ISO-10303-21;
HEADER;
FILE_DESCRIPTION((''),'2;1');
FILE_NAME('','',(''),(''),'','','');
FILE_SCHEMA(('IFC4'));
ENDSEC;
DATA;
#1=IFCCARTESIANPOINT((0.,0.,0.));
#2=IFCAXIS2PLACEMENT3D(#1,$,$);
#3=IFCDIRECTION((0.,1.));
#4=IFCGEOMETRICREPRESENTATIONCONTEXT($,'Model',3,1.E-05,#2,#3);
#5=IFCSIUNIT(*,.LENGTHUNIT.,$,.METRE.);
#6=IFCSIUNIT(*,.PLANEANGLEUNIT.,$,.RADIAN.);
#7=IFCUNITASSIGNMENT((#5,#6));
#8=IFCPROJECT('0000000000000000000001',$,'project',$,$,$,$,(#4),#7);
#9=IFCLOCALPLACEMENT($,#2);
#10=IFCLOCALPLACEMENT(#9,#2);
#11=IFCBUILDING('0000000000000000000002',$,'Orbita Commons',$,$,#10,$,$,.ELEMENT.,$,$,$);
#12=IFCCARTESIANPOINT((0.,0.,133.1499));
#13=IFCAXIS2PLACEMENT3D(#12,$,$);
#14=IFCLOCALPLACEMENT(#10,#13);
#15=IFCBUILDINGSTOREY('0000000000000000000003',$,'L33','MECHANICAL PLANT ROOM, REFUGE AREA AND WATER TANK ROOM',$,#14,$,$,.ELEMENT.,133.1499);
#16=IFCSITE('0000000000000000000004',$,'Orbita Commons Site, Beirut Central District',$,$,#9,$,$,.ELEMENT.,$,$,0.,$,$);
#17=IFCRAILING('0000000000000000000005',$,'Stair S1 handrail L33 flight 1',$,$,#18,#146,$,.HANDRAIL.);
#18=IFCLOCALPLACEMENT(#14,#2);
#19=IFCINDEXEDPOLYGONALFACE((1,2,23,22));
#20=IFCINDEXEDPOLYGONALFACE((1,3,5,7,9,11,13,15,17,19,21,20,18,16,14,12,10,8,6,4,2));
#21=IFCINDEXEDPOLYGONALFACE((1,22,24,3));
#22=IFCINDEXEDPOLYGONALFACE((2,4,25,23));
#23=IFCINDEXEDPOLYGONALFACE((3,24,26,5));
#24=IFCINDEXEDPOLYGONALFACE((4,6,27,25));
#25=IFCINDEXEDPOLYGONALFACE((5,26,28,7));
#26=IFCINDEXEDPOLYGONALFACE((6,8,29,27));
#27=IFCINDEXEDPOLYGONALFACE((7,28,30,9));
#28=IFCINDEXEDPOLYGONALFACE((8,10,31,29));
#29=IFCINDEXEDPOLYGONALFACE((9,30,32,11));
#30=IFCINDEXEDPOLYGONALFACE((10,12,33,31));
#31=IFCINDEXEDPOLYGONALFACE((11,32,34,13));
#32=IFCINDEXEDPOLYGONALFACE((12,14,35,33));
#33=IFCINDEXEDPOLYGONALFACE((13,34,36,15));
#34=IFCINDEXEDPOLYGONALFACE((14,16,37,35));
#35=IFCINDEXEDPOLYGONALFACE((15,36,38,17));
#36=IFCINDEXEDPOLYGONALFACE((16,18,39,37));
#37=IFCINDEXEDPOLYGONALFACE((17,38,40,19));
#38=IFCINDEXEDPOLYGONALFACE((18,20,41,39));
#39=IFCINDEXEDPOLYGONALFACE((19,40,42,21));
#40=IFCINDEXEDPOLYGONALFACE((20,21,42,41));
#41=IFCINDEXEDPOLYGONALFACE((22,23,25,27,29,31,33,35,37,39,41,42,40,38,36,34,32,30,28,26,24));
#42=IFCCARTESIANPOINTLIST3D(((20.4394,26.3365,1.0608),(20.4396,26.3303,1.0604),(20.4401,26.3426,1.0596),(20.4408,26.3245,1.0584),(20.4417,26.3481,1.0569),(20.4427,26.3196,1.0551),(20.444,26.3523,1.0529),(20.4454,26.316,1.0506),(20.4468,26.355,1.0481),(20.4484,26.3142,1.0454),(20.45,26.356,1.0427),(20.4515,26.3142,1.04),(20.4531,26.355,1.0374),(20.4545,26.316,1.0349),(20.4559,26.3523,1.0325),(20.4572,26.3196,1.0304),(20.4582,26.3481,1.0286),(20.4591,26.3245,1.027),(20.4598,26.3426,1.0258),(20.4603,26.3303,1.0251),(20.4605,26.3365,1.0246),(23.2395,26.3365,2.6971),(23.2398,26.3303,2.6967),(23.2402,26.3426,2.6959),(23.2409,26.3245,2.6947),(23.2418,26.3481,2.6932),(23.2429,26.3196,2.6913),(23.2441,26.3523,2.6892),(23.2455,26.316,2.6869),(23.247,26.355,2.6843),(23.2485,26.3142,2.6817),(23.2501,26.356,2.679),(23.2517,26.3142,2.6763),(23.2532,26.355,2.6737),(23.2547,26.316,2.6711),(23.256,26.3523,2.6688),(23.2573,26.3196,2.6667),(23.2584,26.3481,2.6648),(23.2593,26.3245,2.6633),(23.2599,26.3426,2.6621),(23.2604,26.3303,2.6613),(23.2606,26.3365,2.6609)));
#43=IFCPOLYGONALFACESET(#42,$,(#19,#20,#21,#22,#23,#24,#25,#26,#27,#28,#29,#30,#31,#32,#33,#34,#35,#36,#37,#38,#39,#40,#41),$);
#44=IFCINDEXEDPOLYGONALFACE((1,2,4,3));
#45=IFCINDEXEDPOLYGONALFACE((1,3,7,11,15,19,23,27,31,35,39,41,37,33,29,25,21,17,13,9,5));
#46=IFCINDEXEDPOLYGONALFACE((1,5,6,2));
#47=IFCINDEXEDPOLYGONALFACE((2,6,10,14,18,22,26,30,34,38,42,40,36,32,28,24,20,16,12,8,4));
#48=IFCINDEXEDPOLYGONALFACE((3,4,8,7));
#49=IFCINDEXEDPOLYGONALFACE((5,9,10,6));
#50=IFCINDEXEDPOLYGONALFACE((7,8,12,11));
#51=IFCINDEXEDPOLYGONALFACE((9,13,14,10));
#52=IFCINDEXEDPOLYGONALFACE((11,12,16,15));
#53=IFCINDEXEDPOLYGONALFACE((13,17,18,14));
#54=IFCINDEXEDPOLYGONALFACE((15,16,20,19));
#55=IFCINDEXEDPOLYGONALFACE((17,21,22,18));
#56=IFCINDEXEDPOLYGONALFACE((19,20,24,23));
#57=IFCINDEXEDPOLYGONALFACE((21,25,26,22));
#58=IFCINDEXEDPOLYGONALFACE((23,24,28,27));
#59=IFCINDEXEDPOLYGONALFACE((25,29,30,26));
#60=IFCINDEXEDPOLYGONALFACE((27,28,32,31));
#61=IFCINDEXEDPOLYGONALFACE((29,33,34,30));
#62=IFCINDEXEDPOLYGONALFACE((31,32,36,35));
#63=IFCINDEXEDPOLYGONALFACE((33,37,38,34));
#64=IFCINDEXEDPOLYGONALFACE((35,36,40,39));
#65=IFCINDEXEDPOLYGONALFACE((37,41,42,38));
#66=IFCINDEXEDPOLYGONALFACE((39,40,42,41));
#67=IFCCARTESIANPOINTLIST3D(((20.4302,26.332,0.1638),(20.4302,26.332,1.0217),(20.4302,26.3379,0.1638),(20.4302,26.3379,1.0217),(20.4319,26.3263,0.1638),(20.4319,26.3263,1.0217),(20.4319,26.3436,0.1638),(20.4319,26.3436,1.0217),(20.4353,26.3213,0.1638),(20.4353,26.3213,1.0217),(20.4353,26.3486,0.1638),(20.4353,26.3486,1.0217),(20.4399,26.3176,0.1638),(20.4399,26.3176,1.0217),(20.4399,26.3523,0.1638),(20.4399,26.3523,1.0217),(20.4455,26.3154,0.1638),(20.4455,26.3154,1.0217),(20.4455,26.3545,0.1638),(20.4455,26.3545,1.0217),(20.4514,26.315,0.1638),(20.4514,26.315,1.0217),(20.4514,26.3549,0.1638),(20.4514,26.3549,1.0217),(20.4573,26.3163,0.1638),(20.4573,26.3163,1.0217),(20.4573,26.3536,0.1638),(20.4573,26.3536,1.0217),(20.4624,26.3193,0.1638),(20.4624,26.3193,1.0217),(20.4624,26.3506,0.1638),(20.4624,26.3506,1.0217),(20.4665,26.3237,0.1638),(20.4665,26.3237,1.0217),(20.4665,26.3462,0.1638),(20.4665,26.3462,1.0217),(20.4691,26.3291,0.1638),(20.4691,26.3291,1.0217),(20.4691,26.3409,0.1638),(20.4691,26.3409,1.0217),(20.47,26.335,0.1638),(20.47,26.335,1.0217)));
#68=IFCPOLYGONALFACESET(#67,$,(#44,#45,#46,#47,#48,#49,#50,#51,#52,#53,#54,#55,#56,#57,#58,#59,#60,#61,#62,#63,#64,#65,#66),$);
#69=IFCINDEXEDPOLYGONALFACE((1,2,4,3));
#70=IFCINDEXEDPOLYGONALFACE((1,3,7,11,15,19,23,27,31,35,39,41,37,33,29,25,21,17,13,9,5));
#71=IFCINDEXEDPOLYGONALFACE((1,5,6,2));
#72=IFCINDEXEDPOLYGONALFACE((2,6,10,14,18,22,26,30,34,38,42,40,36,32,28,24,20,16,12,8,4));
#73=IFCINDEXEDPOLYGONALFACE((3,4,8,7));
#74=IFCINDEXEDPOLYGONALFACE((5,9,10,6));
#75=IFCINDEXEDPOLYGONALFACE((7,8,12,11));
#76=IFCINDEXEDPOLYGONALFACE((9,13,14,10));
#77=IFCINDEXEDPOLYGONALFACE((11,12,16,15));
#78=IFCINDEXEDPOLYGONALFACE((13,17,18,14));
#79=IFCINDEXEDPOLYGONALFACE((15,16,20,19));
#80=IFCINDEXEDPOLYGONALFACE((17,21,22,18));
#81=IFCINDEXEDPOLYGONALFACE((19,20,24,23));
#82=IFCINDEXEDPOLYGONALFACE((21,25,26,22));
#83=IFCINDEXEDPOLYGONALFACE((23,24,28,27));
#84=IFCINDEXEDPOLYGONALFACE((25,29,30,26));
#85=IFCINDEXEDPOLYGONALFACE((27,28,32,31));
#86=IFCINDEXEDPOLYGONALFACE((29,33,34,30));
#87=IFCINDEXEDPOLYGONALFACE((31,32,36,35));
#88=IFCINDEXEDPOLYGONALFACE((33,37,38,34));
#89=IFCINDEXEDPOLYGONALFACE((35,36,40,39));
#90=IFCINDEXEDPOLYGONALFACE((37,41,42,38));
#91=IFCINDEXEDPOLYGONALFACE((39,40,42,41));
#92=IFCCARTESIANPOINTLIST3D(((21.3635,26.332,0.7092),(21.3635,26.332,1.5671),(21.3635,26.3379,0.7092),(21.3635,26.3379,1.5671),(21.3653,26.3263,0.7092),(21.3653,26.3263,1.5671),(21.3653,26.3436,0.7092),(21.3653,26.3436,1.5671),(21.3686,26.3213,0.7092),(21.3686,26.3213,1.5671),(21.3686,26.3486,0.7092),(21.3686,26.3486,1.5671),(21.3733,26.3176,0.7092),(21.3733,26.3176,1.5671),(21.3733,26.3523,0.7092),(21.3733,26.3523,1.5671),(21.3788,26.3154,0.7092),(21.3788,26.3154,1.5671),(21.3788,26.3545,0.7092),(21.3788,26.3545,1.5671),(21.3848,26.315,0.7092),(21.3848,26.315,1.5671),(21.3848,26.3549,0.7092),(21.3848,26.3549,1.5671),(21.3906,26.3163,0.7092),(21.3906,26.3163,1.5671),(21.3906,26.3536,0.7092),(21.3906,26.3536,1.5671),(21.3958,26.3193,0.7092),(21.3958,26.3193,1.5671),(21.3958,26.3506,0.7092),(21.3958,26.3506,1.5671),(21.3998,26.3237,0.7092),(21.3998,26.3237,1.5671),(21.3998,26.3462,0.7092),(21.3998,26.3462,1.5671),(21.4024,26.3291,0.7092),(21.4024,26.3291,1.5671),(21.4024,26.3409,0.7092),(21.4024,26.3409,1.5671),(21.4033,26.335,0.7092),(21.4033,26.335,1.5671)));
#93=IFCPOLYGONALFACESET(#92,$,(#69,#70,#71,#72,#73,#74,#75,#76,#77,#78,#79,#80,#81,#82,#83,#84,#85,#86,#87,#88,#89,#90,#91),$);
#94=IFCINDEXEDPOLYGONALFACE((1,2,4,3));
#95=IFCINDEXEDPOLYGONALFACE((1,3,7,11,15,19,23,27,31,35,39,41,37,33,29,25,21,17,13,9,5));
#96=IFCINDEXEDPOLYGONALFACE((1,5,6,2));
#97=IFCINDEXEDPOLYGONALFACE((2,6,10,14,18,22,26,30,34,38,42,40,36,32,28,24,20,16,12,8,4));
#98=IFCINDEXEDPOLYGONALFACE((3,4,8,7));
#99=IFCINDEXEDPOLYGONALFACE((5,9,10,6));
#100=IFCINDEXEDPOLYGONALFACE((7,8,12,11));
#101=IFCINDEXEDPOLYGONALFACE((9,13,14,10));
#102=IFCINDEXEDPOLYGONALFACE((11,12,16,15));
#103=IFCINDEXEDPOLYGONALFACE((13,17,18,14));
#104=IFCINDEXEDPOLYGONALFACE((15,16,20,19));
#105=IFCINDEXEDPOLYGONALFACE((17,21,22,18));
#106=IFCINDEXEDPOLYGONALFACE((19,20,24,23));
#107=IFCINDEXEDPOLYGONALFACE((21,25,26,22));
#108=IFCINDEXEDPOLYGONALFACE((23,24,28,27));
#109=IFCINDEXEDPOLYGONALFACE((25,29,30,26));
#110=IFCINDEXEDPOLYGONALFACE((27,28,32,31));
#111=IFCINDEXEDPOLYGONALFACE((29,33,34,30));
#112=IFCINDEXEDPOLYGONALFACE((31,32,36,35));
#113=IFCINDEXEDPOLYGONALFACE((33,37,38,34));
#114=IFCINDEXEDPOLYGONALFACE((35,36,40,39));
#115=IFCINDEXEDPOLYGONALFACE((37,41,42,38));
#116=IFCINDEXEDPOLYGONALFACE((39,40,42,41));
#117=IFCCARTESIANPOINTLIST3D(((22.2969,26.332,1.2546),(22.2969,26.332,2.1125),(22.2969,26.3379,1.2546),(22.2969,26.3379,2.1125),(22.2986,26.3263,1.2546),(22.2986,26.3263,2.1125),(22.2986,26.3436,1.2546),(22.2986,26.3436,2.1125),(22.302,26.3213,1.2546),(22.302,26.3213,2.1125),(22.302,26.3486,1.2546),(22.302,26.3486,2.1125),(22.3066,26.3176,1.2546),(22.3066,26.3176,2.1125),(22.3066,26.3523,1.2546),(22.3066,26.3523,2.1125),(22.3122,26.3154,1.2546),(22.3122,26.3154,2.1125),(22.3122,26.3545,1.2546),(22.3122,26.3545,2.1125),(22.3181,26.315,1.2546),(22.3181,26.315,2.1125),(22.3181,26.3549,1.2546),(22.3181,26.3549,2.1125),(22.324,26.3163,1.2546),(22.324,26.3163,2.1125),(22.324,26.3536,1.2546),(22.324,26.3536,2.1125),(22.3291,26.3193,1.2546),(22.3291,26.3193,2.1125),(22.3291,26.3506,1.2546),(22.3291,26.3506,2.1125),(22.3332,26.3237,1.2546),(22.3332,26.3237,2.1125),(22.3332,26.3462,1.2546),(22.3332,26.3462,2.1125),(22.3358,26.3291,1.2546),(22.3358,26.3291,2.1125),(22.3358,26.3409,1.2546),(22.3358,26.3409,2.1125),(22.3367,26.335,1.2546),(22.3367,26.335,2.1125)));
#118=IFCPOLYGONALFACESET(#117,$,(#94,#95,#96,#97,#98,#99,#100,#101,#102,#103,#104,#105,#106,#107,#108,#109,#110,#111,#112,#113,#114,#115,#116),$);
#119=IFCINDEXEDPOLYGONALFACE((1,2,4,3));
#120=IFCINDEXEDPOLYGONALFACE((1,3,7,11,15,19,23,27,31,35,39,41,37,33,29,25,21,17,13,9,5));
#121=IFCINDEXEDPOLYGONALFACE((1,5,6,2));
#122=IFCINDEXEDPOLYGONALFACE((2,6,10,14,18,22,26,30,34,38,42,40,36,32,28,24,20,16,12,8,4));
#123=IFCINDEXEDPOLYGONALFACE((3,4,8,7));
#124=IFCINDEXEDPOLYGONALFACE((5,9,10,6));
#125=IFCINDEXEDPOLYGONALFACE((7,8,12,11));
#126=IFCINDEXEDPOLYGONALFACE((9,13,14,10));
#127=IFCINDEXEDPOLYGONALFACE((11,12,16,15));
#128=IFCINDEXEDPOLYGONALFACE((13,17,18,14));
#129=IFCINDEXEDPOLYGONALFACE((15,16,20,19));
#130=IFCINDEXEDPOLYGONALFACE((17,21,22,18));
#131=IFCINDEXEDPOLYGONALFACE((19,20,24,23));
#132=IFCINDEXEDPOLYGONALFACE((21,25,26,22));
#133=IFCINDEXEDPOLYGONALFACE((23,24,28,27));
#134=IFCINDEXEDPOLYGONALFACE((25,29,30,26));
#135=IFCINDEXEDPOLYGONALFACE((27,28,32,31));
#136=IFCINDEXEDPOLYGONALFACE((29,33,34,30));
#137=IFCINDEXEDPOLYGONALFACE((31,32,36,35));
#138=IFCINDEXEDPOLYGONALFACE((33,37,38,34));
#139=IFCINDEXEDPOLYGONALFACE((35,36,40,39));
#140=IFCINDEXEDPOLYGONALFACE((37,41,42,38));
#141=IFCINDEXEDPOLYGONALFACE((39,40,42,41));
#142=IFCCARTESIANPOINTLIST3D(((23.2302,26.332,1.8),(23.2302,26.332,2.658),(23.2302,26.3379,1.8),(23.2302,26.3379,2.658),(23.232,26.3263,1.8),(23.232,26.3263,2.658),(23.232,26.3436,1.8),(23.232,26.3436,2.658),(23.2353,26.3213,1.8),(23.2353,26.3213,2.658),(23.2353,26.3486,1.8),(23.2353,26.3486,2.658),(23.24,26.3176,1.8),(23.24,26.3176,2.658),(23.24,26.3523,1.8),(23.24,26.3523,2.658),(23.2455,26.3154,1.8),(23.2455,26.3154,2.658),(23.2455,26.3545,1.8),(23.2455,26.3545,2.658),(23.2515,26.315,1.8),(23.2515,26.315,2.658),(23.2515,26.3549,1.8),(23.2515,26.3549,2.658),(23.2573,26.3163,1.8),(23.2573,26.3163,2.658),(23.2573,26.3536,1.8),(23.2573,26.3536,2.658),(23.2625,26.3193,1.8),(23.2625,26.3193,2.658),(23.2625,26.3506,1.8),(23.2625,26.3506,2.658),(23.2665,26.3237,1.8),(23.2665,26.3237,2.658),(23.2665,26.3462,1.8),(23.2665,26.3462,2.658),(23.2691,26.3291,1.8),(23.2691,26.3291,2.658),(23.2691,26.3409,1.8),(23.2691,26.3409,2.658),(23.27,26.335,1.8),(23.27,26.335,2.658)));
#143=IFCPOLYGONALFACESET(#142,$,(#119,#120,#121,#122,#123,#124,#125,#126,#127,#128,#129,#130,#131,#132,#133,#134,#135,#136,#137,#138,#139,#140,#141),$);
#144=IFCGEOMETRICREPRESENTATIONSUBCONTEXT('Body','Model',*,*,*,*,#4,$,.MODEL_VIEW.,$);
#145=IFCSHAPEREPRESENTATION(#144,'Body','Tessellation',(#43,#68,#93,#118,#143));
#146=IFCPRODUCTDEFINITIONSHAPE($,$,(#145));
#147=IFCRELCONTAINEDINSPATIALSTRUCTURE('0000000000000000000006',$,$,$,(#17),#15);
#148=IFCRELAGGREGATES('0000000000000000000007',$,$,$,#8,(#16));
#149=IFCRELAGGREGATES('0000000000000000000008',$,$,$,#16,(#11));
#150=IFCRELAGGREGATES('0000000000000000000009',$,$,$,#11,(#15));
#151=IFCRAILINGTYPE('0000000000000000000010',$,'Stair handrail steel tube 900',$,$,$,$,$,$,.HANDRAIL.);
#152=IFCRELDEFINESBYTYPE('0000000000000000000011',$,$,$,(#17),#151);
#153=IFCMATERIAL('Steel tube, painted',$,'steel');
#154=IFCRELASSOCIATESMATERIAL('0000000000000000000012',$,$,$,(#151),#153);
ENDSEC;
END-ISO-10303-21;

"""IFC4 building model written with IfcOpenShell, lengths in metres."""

from ifc_helpers import new_model, si_unit, direction, frame, origin, origin_2d, place, context, subcontext, project, spatial, circle, extrude, material, type_object, element, save


model = new_model("IFC4")

# Units and contexts
model_context = context("Model", 3, precision=1e-05, world=origin(), true_north=direction((0.0, 1.0)))
body_context = subcontext(model_context, "Body", "Model", "MODEL_VIEW")
ifc_project = project(units=[si_unit("LENGTHUNIT", "METRE"), si_unit("PLANEANGLEUNIT", "RADIAN")], contexts=[model_context])

# Site, building, storey
site_placement = place(None, origin())
site = spatial("IfcSite", under=ifc_project, at=site_placement, Name="Orbita Commons Site, Beirut Central District", CompositionType="ELEMENT", RefElevation=0.0)
building_placement = place(site_placement, origin())
building = spatial("IfcBuilding", under=site, at=building_placement, Name="Orbita Commons", CompositionType="ELEMENT")
storey_placement = place(building_placement, frame((0.0, 0.0, 133.1499)))
storey = spatial("IfcBuildingStorey", under=building, at=storey_placement, Name="L33", Description="MECHANICAL PLANT ROOM, REFUGE AREA AND WATER TANK ROOM", CompositionType="ELEMENT", Elevation=133.1499)

# Railing
ifc_material_1 = material(Name="Steel tube, painted", Category="steel")
railing_type = type_object("IfcRailingType", Name="Stair handrail steel tube 900", PredefinedType="HANDRAIL", material=ifc_material_1)
for number, where, name in (
    (1, (20.45, 26.335, 0.1638), "Stair S1 handrail L33 flight 1"),
):
    element("IfcRailing", number, at=place(storey_placement, frame(where)), inside=storey, type_object=railing_type, Name=name, PredefinedType="HANDRAIL", context=body_context, shape_type="SweptSolid", body=[
        extrude(circle(Radius=0.021, at=origin_2d()), frame((0.0, 0.0, 0.8789), z_axis=(0.863394, 0.0, 0.504531), x_axis=(0.0, 1.0, 0.0)), (0.0, 0.0, 1.0), 3.2432),
        extrude(circle(Radius=0.02, at=origin_2d()), origin(), (0.0, 0.0, 1.0), 0.8579),
        extrude(circle(Radius=0.02, at=origin_2d()), frame((0.9333, 0.0, 0.5454)), (0.0, 0.0, 1.0), 0.8579),
        extrude(circle(Radius=0.02, at=origin_2d()), frame((1.8667, 0.0, 1.0908)), (0.0, 0.0, 1.0), 0.8579),
        extrude(circle(Radius=0.02, at=origin_2d()), frame((2.8, 0.0, 1.6362)), (0.0, 0.0, 1.0), 0.8579),
    ])

save(model, "model.ifc")
